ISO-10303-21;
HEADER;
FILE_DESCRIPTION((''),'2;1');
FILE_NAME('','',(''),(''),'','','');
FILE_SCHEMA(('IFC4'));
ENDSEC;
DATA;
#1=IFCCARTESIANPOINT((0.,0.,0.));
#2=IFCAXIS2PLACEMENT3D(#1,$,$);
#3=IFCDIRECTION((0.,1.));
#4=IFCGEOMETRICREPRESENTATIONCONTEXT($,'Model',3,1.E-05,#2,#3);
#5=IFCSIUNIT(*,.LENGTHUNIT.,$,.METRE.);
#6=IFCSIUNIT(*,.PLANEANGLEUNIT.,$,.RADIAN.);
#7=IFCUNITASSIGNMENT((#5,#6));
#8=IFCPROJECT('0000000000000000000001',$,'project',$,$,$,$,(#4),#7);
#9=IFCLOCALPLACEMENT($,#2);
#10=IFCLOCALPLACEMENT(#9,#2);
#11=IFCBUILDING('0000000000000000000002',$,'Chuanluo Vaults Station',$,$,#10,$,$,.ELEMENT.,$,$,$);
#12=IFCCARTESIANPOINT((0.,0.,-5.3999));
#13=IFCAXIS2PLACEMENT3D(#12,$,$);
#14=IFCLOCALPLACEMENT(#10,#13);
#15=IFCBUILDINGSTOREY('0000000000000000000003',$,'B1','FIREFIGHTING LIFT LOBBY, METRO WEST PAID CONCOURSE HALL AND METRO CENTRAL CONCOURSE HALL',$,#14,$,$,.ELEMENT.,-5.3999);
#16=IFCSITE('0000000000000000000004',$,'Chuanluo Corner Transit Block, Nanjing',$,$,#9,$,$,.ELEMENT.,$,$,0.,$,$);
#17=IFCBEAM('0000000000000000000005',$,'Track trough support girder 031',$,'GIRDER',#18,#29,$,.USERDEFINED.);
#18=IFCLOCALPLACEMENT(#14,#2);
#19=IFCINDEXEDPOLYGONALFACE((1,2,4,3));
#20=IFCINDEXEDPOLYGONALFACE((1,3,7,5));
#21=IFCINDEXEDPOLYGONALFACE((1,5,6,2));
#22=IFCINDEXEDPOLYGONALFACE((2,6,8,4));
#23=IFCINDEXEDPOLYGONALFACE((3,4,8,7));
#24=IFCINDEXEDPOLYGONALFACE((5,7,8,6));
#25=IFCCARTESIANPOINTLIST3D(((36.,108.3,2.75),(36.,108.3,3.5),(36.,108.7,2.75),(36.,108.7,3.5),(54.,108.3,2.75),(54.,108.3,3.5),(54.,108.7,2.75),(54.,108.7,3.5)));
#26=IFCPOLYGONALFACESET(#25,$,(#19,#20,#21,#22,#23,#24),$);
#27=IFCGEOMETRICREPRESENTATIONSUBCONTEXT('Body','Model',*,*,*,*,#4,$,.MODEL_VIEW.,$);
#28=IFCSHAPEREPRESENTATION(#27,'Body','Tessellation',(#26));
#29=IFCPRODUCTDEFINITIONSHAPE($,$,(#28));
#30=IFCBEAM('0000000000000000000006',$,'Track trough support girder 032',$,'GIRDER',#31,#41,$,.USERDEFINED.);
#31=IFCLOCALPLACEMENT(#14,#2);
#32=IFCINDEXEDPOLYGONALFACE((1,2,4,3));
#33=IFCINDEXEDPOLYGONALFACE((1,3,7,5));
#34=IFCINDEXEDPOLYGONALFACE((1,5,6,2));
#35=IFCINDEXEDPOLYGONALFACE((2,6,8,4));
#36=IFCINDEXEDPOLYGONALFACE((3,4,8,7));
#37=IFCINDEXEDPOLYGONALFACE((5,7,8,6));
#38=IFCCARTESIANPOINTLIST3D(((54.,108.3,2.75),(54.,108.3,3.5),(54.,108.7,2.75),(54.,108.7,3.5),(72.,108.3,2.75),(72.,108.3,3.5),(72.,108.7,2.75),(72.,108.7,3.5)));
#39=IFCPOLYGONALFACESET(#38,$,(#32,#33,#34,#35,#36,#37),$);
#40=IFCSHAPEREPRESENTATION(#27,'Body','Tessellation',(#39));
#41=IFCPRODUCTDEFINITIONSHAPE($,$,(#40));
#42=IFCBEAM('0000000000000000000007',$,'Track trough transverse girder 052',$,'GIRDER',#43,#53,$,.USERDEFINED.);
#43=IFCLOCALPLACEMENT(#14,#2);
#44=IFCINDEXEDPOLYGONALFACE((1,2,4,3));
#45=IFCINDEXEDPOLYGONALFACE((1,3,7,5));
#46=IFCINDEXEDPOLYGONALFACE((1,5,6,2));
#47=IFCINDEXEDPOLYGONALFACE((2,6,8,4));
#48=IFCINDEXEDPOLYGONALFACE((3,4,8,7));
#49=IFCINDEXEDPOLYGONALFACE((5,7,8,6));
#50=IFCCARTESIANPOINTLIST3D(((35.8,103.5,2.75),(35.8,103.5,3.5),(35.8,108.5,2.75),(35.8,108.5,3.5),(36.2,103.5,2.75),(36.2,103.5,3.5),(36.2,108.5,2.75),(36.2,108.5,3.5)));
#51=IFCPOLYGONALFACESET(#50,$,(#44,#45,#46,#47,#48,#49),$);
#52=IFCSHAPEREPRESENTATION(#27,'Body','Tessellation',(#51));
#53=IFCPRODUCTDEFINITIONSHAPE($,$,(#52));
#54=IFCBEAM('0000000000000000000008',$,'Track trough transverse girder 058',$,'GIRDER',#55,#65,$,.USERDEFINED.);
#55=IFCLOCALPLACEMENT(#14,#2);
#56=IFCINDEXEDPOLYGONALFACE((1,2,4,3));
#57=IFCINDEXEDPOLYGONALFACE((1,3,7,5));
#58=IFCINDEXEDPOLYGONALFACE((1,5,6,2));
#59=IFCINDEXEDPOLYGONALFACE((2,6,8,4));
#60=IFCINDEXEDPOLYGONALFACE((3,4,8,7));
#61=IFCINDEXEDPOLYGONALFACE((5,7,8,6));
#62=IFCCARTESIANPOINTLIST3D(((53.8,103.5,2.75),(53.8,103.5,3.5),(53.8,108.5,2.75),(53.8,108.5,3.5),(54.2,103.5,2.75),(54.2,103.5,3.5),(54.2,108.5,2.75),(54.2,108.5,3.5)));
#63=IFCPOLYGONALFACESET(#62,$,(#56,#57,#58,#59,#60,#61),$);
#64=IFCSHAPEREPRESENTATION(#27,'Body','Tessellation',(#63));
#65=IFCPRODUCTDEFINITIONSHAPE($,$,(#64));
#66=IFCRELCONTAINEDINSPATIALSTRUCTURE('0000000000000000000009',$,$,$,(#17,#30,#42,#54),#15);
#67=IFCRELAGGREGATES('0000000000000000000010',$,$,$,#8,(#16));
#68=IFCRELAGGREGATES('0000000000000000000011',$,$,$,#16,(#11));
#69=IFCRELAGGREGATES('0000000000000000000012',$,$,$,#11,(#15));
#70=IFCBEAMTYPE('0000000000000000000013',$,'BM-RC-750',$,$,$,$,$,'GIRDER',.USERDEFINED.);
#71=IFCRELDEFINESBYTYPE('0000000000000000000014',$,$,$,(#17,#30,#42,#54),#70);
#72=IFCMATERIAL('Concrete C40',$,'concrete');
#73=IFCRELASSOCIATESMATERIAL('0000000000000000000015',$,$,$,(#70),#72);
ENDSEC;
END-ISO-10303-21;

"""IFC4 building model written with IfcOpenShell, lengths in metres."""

from ifc_helpers import new_model, si_unit, direction, frame, origin, origin_2d, place, context, subcontext, project, spatial, rectangle, extrude, material, material_profile, profile_set, type_object, element, save


model = new_model("IFC4")

# Units and contexts
model_context = context("Model", 3, precision=1e-05, world=origin(), true_north=direction((0.0, 1.0)))
body_context = subcontext(model_context, "Body", "Model", "MODEL_VIEW")
ifc_project = project(units=[si_unit("LENGTHUNIT", "METRE"), si_unit("PLANEANGLEUNIT", "RADIAN")], contexts=[model_context])

# Site, building, storey
site_placement = place(None, origin())
site = spatial("IfcSite", under=ifc_project, at=site_placement, Name="Chuanluo Corner Transit Block, Nanjing", CompositionType="ELEMENT", RefElevation=0.0)
building_placement = place(site_placement, origin())
building = spatial("IfcBuilding", under=site, at=building_placement, Name="Chuanluo Vaults Station", CompositionType="ELEMENT")
storey_placement = place(building_placement, frame((0.0, 0.0, -5.3999)))
storey = spatial("IfcBuildingStorey", under=building, at=storey_placement, Name="B1", Description="FIREFIGHTING LIFT LOBBY, METRO WEST PAID CONCOURSE HALL AND METRO CENTRAL CONCOURSE HALL", CompositionType="ELEMENT", Elevation=-5.3999)

# Beams
ifc_material_1 = material(Name="Concrete C40", Category="concrete")
ifc_material_profile_1 = material_profile(ifc_material_1, rectangle(XDim=0.3999, YDim=0.75, at=origin_2d()))
ifc_profile_set_1 = profile_set([ifc_material_profile_1], Name="Concrete C40")
beam_type = type_object("IfcBeamType", Name="BM-RC-750", ElementType="GIRDER", PredefinedType="USERDEFINED", material=ifc_profile_set_1)
for number, where, z_axis, x_axis, name in (
    (1, (36.0, 108.5, 3.125), (1.0, 0.0, 0.0), (0.0, 1.0, 0.0), "Track trough support girder 031"),
    (2, (54.0, 108.5, 3.125), (1.0, 0.0, 0.0), (0.0, 1.0, 0.0), "Track trough support girder 032"),
):
    element("IfcBeam", number, at=place(storey_placement, frame(where, z_axis=z_axis, x_axis=x_axis)), inside=storey, type_object=beam_type, Name=name, ObjectType="GIRDER", PredefinedType="USERDEFINED", context=body_context, shape_type="SweptSolid", body=[
        extrude(rectangle(XDim=0.3999, YDim=0.75, at=origin_2d()), origin(), (0.0, 0.0, 1.0), 18.0),
    ])
for number, where, z_axis, x_axis, name in (
    (3, (36.0, 103.5, 3.125), (0.0, 1.0, 0.0), (-1.0, 0.0, 0.0), "Track trough transverse girder 052"),
    (4, (54.0, 103.5, 3.125), (0.0, 1.0, 0.0), (-1.0, 0.0, 0.0), "Track trough transverse girder 058"),
):
    element("IfcBeam", number, at=place(storey_placement, frame(where, z_axis=z_axis, x_axis=x_axis)), inside=storey, type_object=beam_type, Name=name, ObjectType="GIRDER", PredefinedType="USERDEFINED", context=body_context, shape_type="SweptSolid", body=[
        extrude(rectangle(XDim=0.3999, YDim=0.75, at=origin_2d()), origin(), (0.0, 0.0, 1.0), 5.0),
    ])

save(model, "model.ifc")
